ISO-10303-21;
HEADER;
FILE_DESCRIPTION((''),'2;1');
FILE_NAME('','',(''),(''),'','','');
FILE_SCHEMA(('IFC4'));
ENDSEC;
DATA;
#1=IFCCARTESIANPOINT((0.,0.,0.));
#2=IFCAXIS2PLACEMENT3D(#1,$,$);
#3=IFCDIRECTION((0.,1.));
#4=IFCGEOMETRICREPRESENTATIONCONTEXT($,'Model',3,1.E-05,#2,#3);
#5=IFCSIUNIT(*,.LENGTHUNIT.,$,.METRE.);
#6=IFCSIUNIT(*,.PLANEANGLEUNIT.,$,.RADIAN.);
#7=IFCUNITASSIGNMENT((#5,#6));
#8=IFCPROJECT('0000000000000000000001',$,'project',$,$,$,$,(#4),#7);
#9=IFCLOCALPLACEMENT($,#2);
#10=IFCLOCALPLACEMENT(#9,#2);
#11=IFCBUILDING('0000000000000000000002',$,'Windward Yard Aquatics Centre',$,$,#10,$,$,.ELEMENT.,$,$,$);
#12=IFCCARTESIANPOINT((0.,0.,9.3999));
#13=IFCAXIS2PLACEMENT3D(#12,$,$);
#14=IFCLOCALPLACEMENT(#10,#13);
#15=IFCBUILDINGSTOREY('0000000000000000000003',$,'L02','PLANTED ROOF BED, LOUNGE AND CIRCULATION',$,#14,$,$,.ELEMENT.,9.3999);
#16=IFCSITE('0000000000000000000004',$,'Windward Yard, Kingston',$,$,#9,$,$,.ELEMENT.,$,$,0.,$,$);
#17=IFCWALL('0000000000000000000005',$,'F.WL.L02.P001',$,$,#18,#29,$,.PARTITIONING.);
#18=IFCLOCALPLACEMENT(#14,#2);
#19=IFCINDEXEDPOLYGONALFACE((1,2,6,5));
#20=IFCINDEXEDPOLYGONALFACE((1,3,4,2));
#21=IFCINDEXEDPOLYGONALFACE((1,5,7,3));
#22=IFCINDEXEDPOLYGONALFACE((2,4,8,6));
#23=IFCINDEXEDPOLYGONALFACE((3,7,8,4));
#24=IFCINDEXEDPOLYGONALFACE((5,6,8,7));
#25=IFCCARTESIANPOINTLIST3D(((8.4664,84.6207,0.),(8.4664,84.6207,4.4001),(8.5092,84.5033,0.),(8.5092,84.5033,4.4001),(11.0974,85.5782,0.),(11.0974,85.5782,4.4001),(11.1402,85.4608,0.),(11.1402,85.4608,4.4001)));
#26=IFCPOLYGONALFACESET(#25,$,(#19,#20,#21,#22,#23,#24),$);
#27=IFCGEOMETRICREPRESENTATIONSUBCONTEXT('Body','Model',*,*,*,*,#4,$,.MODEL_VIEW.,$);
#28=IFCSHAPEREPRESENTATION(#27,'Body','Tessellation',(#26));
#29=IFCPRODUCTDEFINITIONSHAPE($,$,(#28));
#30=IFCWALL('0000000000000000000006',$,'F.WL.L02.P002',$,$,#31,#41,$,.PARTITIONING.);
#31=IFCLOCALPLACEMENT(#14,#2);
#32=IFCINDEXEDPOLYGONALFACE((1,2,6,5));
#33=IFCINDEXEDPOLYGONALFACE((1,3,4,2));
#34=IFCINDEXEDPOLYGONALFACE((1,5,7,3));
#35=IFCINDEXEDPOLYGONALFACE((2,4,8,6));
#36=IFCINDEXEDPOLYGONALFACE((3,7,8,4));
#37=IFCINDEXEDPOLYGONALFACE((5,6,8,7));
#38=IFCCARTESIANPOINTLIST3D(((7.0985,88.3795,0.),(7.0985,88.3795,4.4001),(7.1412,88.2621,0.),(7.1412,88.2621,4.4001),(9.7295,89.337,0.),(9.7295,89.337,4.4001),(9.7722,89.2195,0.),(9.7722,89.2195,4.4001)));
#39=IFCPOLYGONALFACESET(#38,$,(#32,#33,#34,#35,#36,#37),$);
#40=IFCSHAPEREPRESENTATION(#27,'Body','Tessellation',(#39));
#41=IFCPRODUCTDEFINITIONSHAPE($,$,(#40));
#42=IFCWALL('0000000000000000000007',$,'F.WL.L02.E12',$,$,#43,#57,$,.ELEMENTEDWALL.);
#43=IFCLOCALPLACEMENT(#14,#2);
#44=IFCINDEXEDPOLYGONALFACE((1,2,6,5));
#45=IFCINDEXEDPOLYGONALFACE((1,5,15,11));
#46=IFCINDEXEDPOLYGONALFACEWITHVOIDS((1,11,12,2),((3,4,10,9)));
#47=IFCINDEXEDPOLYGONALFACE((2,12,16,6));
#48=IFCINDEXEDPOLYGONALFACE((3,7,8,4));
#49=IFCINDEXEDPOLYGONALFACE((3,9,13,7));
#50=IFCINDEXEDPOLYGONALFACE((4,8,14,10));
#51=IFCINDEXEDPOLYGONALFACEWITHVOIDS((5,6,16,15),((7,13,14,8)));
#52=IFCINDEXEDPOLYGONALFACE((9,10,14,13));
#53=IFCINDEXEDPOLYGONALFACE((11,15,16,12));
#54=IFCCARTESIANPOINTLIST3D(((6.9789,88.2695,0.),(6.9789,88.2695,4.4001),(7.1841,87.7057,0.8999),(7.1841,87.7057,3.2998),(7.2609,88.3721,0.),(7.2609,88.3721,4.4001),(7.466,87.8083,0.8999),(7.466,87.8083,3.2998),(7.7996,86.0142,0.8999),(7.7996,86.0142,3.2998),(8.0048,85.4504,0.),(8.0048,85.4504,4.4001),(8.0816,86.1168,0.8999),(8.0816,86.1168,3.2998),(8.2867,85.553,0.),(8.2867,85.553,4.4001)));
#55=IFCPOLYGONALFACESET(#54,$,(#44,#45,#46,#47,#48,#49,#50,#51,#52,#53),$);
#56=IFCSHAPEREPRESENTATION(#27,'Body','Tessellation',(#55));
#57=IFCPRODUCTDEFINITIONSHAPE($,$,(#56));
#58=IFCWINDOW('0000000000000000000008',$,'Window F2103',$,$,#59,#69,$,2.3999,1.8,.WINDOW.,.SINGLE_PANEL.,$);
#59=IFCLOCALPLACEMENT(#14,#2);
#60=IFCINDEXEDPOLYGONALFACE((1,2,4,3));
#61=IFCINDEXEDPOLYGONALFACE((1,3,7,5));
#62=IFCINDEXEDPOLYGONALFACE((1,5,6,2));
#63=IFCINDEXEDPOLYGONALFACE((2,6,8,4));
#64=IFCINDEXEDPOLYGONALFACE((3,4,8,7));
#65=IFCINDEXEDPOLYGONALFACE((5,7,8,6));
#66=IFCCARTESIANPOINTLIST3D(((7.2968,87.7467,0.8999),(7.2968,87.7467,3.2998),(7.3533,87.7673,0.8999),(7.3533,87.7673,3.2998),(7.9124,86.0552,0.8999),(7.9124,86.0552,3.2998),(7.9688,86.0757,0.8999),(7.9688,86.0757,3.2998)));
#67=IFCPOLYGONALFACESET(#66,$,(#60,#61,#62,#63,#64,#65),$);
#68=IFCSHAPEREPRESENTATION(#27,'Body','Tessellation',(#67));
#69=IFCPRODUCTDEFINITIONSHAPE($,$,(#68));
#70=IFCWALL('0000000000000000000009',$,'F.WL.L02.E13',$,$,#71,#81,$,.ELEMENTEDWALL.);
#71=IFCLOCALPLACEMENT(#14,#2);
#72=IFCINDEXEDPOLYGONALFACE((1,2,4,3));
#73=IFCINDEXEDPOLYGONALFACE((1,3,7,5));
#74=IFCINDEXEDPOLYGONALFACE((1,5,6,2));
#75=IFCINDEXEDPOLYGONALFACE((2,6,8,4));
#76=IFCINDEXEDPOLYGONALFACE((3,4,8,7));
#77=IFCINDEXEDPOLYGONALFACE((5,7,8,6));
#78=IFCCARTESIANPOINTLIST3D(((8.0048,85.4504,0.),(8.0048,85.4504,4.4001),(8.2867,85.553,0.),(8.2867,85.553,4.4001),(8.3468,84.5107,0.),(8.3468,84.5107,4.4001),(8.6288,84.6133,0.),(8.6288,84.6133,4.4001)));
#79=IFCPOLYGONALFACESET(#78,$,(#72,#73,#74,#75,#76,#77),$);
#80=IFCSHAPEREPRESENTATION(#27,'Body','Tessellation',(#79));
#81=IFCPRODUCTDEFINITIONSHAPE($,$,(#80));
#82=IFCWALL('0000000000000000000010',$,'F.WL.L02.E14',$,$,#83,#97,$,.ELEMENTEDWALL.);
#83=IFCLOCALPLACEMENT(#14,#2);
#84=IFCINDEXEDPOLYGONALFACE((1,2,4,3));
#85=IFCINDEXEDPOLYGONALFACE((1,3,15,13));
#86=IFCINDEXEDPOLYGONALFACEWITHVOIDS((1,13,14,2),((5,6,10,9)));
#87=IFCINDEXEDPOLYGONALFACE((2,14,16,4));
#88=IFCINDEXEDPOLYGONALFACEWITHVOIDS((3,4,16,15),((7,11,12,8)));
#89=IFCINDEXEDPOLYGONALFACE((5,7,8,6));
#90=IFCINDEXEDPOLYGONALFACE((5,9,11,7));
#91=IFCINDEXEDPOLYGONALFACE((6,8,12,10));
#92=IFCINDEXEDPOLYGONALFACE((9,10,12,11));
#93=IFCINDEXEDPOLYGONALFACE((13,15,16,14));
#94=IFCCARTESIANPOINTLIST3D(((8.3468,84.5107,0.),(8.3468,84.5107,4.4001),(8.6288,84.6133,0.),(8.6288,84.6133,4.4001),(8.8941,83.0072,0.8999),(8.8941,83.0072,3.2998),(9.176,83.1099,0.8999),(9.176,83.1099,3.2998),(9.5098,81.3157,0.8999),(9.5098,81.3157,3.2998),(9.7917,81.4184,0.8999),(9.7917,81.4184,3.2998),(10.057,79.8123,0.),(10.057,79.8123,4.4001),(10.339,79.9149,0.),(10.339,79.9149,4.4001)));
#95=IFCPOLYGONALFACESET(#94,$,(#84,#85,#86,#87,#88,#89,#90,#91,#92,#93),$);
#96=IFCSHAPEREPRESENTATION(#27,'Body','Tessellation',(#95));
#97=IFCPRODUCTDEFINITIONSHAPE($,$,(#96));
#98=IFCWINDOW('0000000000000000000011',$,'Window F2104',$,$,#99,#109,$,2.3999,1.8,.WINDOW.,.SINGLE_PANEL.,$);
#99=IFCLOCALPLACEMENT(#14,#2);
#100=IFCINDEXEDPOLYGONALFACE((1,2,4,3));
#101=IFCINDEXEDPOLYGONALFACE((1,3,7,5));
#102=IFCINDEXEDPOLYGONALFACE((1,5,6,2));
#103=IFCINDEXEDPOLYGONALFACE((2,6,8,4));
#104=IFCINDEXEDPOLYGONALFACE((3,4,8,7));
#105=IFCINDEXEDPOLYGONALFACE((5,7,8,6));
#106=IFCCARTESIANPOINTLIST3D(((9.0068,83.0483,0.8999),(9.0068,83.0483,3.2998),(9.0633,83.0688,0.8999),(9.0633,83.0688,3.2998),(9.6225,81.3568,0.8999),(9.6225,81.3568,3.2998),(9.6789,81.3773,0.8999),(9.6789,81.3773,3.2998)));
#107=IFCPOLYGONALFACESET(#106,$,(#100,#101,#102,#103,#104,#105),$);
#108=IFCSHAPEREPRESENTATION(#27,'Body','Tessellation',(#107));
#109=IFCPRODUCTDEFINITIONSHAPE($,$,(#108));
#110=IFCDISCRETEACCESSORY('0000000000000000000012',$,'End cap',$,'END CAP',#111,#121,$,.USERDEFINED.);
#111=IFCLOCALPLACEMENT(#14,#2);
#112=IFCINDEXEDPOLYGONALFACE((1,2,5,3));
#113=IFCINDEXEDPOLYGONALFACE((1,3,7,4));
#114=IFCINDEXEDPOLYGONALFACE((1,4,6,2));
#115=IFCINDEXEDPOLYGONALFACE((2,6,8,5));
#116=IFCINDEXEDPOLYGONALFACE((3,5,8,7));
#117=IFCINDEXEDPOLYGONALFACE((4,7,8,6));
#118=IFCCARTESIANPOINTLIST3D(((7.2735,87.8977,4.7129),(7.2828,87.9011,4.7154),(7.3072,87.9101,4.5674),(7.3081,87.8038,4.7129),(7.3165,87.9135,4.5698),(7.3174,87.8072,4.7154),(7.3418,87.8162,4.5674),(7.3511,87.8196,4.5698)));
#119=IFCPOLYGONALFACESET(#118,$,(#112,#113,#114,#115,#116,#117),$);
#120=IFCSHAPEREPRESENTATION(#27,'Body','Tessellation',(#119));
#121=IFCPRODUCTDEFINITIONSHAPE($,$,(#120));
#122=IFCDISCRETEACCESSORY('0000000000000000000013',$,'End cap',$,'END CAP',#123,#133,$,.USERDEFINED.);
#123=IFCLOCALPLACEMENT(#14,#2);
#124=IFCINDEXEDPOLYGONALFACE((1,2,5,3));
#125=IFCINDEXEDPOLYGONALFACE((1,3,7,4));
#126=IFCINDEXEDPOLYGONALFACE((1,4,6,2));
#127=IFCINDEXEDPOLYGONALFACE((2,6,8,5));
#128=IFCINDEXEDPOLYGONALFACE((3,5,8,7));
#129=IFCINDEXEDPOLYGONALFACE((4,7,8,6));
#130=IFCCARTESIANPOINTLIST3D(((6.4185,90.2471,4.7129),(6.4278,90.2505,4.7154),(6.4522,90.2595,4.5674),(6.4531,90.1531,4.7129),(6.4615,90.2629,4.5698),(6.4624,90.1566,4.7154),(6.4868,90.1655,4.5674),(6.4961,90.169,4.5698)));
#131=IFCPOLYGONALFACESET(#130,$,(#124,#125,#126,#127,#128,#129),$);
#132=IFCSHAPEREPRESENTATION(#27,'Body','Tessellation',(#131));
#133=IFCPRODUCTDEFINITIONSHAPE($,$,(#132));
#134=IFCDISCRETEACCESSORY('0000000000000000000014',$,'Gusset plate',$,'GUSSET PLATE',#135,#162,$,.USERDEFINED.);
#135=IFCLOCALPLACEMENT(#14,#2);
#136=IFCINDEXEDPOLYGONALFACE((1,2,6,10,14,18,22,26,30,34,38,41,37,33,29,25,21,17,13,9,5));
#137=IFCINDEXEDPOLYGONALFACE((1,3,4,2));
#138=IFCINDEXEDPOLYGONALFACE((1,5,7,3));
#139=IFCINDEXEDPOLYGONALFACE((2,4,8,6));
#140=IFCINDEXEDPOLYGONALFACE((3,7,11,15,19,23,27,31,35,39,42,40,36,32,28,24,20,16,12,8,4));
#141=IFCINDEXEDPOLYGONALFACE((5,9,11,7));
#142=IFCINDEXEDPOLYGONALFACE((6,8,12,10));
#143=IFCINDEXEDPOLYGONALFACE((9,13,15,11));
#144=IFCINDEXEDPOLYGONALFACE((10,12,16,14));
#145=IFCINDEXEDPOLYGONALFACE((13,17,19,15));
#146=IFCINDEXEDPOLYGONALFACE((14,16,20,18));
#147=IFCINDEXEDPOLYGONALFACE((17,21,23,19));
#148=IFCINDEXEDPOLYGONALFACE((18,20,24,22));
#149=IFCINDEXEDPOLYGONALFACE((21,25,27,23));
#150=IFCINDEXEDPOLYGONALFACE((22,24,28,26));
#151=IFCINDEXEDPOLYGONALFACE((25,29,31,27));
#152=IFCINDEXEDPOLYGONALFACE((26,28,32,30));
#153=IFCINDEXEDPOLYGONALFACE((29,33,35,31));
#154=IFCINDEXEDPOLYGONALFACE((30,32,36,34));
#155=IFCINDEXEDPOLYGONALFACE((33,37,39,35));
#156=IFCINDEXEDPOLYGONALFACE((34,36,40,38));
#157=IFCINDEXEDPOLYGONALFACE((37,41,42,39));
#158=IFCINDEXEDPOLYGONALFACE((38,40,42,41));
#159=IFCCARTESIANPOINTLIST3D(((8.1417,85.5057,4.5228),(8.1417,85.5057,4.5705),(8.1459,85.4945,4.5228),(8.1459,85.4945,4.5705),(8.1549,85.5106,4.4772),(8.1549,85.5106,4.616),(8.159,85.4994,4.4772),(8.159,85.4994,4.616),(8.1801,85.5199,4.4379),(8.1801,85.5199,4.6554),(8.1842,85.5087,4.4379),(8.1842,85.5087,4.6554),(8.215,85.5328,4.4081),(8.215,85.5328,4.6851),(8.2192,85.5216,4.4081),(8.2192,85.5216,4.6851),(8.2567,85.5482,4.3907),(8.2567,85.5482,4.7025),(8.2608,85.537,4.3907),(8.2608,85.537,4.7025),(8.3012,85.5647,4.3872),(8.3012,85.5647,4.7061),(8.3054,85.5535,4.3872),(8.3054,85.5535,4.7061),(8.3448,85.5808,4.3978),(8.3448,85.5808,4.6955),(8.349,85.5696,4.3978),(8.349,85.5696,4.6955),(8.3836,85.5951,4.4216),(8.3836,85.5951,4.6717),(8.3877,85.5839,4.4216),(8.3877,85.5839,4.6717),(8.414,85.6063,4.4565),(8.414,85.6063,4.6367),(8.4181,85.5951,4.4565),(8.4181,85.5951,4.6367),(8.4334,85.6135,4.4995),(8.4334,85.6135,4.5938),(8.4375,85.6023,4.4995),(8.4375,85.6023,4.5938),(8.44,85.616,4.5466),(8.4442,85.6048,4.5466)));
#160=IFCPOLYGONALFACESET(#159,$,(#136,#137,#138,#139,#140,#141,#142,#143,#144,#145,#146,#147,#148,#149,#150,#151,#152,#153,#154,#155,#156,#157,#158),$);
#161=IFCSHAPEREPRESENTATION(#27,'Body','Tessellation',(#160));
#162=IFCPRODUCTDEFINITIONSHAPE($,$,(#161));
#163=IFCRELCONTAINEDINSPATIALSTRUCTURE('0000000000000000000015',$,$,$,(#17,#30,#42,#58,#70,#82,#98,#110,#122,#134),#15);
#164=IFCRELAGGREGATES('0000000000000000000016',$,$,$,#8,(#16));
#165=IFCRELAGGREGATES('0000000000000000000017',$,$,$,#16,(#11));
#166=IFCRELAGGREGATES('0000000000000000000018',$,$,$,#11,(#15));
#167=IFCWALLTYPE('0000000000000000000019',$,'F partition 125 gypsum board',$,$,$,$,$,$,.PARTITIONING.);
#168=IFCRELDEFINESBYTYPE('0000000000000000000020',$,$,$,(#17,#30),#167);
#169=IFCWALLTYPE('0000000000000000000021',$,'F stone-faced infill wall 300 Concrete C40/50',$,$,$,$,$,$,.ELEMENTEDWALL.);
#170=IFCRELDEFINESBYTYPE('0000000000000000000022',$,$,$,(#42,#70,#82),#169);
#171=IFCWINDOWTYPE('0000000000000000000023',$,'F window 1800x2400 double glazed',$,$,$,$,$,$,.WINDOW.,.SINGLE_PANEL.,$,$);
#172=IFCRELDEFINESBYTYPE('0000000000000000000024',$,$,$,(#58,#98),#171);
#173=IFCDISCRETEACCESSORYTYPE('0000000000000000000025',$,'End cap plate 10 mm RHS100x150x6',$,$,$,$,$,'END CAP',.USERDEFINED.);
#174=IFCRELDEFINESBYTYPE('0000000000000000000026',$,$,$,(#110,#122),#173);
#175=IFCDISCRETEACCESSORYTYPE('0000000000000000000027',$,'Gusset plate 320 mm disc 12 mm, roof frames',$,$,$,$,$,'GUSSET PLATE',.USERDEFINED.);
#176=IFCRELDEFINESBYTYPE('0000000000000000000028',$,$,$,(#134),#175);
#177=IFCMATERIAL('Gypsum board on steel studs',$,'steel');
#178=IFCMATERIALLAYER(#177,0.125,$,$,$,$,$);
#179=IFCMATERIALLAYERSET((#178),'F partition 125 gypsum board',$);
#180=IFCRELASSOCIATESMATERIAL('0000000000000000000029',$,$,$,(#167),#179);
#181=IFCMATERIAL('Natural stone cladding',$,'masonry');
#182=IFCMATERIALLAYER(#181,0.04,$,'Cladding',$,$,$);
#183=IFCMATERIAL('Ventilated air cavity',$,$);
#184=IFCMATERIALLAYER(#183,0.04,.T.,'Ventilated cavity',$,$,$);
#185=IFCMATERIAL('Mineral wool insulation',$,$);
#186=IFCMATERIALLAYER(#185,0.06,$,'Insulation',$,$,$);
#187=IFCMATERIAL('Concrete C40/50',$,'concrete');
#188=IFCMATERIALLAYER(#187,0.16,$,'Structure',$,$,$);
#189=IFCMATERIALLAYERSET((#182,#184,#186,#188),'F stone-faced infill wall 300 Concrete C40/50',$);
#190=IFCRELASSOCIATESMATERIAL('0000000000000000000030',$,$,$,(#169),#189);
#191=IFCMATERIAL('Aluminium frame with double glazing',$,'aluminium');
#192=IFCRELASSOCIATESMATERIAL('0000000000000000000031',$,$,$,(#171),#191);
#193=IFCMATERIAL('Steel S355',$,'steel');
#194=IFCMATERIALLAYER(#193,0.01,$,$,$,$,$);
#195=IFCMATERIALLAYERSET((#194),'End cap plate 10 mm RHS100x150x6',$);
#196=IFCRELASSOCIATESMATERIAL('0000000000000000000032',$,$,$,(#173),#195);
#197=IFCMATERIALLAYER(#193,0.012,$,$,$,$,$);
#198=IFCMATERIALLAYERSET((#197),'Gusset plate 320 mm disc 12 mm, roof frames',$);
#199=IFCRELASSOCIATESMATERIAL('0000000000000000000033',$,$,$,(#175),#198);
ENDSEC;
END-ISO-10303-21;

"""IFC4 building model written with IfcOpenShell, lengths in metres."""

from ifc_helpers import new_model, si_unit, direction, frame, frame_2d, origin, origin_2d, place, context, subcontext, project, spatial, rectangle, circle, extrude, material, layer, layer_set, type_object, element, fill, save


model = new_model("IFC4")

# Units and contexts
model_context = context("Model", 3, precision=1e-05, world=origin(), true_north=direction((0.0, 1.0)))
body_context = subcontext(model_context, "Body", "Model", "MODEL_VIEW")
ifc_project = project(units=[si_unit("LENGTHUNIT", "METRE"), si_unit("PLANEANGLEUNIT", "RADIAN")], contexts=[model_context])

# Site, building, storey
site_placement = place(None, origin())
site = spatial("IfcSite", under=ifc_project, at=site_placement, Name="Windward Yard, Kingston", CompositionType="ELEMENT", RefElevation=0.0)
building_placement = place(site_placement, origin())
building = spatial("IfcBuilding", under=site, at=building_placement, Name="Windward Yard Aquatics Centre", CompositionType="ELEMENT")
storey_placement = place(building_placement, frame((0.0, 0.0, 9.3999)))
storey = spatial("IfcBuildingStorey", under=building, at=storey_placement, Name="L02", Description="PLANTED ROOF BED, LOUNGE AND CIRCULATION", CompositionType="ELEMENT", Elevation=9.3999)

# Shared definitions
ifc_material_1 = material(Name="Steel S355", Category="steel")

# Walls
ifc_material_2 = material(Name="Gypsum board on steel studs", Category="steel")
ifc_layer_1 = layer(ifc_material_2, 0.125)
ifc_layer_set_1 = layer_set([ifc_layer_1], Name="F partition 125 gypsum board")
wall_type_1 = type_object("IfcWallType", Name="F partition 125 gypsum board", PredefinedType="PARTITIONING", material=ifc_layer_set_1)
for number, where, z_axis, x_axis, name in (
    (1, (8.4878, 84.562, 0.0), (0.0, 0.0, 1.0), (0.939707, 0.341981, 0.0), "F.WL.L02.P001"),
    (2, (7.1199, 88.3208, 0.0), (0.0, 0.0, 1.0), (0.939707, 0.341981, 0.0), "F.WL.L02.P002"),
):
    element("IfcWall", number, at=place(storey_placement, frame(where, z_axis=z_axis, x_axis=x_axis)), inside=storey, type_object=wall_type_1, Name=name, PredefinedType="PARTITIONING", context=body_context, shape_type="SweptSolid", body=[
        extrude(rectangle(XDim=2.7998, YDim=0.125, at=frame_2d((1.3999, 0.0))), origin(), (0.0, 0.0, 1.0), 4.4001),
    ])

# Wall, opening, window
ifc_material_3 = material(Name="Natural stone cladding", Category="masonry")
ifc_layer_2 = layer(ifc_material_3, 0.04, Name="Cladding")
ifc_material_4 = material(Name="Ventilated air cavity")
ifc_layer_3 = layer(ifc_material_4, 0.04, ventilated=True, Name="Ventilated cavity")
ifc_material_5 = material(Name="Mineral wool insulation")
ifc_layer_4 = layer(ifc_material_5, 0.06, Name="Insulation")
ifc_material_6 = material(Name="Concrete C40/50", Category="concrete")
ifc_layer_5 = layer(ifc_material_6, 0.16, Name="Structure")
ifc_layer_set_2 = layer_set([ifc_layer_2, ifc_layer_3, ifc_layer_4, ifc_layer_5], Name="F stone-faced infill wall 300 Concrete C40/50")
wall_type_2 = type_object("IfcWallType", Name="F stone-faced infill wall 300 Concrete C40/50", PredefinedType="ELEMENTEDWALL", material=ifc_layer_set_2)
wall_1_placement = place(storey_placement, frame((7.1199, 88.3208, 0.0), z_axis=(0.0, 0.0, 1.0), x_axis=(0.341965, -0.939713, 0.0)))
wall_1 = element("IfcWall", 3, at=wall_1_placement, inside=storey, type_object=wall_type_2, Name="F.WL.L02.E12", PredefinedType="ELEMENTEDWALL", context=body_context, shape_type="SweptSolid", body=[
    extrude(rectangle(XDim=3.0, YDim=0.3, at=frame_2d((1.5, 0.0))), origin(), (0.0, 0.0, 1.0), 4.4001),
])
opening_1_placement = place(wall_1_placement, frame((0.6001, 0.0, 0.8999)))
opening_1 = element("IfcOpeningElement", 4, at=opening_1_placement, cuts=wall_1, PredefinedType="OPENING", context=body_context, shape_type="SweptSolid", body=[
    extrude(rectangle(XDim=1.8, YDim=2.3999, at=frame_2d((0.8999, 1.2))), frame((0.0, 0.1602, 0.0), z_axis=(0.0, -1.0, 0.0), x_axis=(1.0, 0.0, 0.0)), (0.0, 0.0, 1.0), 0.3201),
])
ifc_material_7 = material(Name="Aluminium frame with double glazing", Category="aluminium")
window_type = type_object("IfcWindowType", Name="F window 1800x2400 double glazed", PartitioningType="SINGLE_PANEL", PredefinedType="WINDOW", material=ifc_material_7)
window_1_placement = place(opening_1_placement, origin())
window_1 = element("IfcWindow", 5, at=window_1_placement, inside=storey, type_object=window_type, Name="Window F2103", OverallHeight=2.3999, OverallWidth=1.8, PartitioningType="SINGLE_PANEL", PredefinedType="WINDOW", context=body_context, shape_type="SweptSolid", body=[
    extrude(rectangle(XDim=1.8, YDim=2.3999, at=frame_2d((0.8999, 1.2))), frame((0.0, 0.03, 0.0), z_axis=(0.0, -1.0, 0.0), x_axis=(1.0, 0.0, 0.0)), (0.0, 0.0, 1.0), 0.0601),
])
fill(opening_1, window_1)

# Wall
wall_2_placement = place(storey_placement, frame((8.1458, 85.5017, 0.0), z_axis=(0.0, 0.0, 1.0), x_axis=(0.342037, -0.939686, 0.0)))
element("IfcWall", 6, at=wall_2_placement, inside=storey, type_object=wall_type_2, Name="F.WL.L02.E13", PredefinedType="ELEMENTEDWALL", context=body_context, shape_type="SweptSolid", body=[
    extrude(rectangle(XDim=1.0, YDim=0.3, at=frame_2d((0.5, 0.0))), origin(), (0.0, 0.0, 1.0), 4.4001),
])

# Wall, opening, window
wall_3_placement = place(storey_placement, frame((8.4878, 84.562, 0.0), z_axis=(0.0, 0.0, 1.0), x_axis=(0.342037, -0.939686, 0.0)))
wall_3 = element("IfcWall", 7, at=wall_3_placement, inside=storey, type_object=wall_type_2, Name="F.WL.L02.E14", PredefinedType="ELEMENTEDWALL", context=body_context, shape_type="SweptSolid", body=[
    extrude(rectangle(XDim=5.0, YDim=0.3, at=frame_2d((2.5, 0.0))), origin(), (0.0, 0.0, 1.0), 4.4001),
])
opening_2_placement = place(wall_3_placement, frame((1.6001, 0.0, 0.8999)))
opening_2 = element("IfcOpeningElement", 8, at=opening_2_placement, cuts=wall_3, PredefinedType="OPENING", context=body_context, shape_type="SweptSolid", body=[
    extrude(rectangle(XDim=1.8, YDim=2.3999, at=frame_2d((0.8999, 1.2))), frame((0.0, 0.1602, 0.0), z_axis=(0.0, -1.0, 0.0), x_axis=(1.0, 0.0, 0.0)), (0.0, 0.0, 1.0), 0.3201),
])
window_2_placement = place(opening_2_placement, origin())
window_2 = element("IfcWindow", 9, at=window_2_placement, inside=storey, type_object=window_type, Name="Window F2104", OverallHeight=2.3999, OverallWidth=1.8, PartitioningType="SINGLE_PANEL", PredefinedType="WINDOW", context=body_context, shape_type="SweptSolid", body=[
    extrude(rectangle(XDim=1.8, YDim=2.3999, at=frame_2d((0.8999, 1.2))), frame((0.0, 0.03, 0.0), z_axis=(0.0, -1.0, 0.0), x_axis=(1.0, 0.0, 0.0)), (0.0, 0.0, 1.0), 0.0601),
])
fill(opening_2, window_2)

# Discrete accessories
ifc_layer_6 = layer(ifc_material_1, 0.01)
ifc_layer_set_3 = layer_set([ifc_layer_6], Name="End cap plate 10 mm RHS100x150x6")
discrete_accessory_type_1 = type_object("IfcDiscreteAccessoryType", Name="End cap plate 10 mm RHS100x150x6", ElementType="END CAP", PredefinedType="USERDEFINED", material=ifc_layer_set_3)
for number, where, z_axis, x_axis, name in (
    (10, (7.3076, 87.8569, 4.6401), (0.91098, 0.335624, 0.239732), (-0.345705, 0.938343, 0.0), "End cap"),
    (11, (6.4526, 90.2063, 4.6401), (0.91098, 0.335624, 0.239732), (-0.345705, 0.938343, 0.0), "End cap"),
):
    element("IfcDiscreteAccessory", number, at=place(storey_placement, frame(where, z_axis=z_axis, x_axis=x_axis)), inside=storey, type_object=discrete_accessory_type_1, Name=name, ObjectType="END CAP", PredefinedType="USERDEFINED", context=body_context, shape_type="SweptSolid", body=[
        extrude(rectangle(XDim=0.1001, YDim=0.1499, at=origin_2d()), origin(), (0.0, 0.0, 1.0), 0.0103),
    ])
ifc_layer_7 = layer(ifc_material_1, 0.012)
ifc_layer_set_4 = layer_set([ifc_layer_7], Name="Gusset plate 320 mm disc 12 mm, roof frames")
discrete_accessory_type_2 = type_object("IfcDiscreteAccessoryType", Name="Gusset plate 320 mm disc 12 mm, roof frames", ElementType="GUSSET PLATE", PredefinedType="USERDEFINED", material=ifc_layer_set_4)
discrete_accessory_placement = place(storey_placement, frame((8.29, 85.5605, 4.5466), z_axis=(0.34665, -0.937994, 0.0), x_axis=(0.937994, 0.34665, 0.0)))
element("IfcDiscreteAccessory", 12, at=discrete_accessory_placement, inside=storey, type_object=discrete_accessory_type_2, Name="Gusset plate", ObjectType="GUSSET PLATE", PredefinedType="USERDEFINED", context=body_context, shape_type="SweptSolid", body=[
    extrude(circle(Radius=0.1599, at=origin_2d()), origin(), (0.0, 0.0, 1.0), 0.012),
])

save(model, "model.ifc")
